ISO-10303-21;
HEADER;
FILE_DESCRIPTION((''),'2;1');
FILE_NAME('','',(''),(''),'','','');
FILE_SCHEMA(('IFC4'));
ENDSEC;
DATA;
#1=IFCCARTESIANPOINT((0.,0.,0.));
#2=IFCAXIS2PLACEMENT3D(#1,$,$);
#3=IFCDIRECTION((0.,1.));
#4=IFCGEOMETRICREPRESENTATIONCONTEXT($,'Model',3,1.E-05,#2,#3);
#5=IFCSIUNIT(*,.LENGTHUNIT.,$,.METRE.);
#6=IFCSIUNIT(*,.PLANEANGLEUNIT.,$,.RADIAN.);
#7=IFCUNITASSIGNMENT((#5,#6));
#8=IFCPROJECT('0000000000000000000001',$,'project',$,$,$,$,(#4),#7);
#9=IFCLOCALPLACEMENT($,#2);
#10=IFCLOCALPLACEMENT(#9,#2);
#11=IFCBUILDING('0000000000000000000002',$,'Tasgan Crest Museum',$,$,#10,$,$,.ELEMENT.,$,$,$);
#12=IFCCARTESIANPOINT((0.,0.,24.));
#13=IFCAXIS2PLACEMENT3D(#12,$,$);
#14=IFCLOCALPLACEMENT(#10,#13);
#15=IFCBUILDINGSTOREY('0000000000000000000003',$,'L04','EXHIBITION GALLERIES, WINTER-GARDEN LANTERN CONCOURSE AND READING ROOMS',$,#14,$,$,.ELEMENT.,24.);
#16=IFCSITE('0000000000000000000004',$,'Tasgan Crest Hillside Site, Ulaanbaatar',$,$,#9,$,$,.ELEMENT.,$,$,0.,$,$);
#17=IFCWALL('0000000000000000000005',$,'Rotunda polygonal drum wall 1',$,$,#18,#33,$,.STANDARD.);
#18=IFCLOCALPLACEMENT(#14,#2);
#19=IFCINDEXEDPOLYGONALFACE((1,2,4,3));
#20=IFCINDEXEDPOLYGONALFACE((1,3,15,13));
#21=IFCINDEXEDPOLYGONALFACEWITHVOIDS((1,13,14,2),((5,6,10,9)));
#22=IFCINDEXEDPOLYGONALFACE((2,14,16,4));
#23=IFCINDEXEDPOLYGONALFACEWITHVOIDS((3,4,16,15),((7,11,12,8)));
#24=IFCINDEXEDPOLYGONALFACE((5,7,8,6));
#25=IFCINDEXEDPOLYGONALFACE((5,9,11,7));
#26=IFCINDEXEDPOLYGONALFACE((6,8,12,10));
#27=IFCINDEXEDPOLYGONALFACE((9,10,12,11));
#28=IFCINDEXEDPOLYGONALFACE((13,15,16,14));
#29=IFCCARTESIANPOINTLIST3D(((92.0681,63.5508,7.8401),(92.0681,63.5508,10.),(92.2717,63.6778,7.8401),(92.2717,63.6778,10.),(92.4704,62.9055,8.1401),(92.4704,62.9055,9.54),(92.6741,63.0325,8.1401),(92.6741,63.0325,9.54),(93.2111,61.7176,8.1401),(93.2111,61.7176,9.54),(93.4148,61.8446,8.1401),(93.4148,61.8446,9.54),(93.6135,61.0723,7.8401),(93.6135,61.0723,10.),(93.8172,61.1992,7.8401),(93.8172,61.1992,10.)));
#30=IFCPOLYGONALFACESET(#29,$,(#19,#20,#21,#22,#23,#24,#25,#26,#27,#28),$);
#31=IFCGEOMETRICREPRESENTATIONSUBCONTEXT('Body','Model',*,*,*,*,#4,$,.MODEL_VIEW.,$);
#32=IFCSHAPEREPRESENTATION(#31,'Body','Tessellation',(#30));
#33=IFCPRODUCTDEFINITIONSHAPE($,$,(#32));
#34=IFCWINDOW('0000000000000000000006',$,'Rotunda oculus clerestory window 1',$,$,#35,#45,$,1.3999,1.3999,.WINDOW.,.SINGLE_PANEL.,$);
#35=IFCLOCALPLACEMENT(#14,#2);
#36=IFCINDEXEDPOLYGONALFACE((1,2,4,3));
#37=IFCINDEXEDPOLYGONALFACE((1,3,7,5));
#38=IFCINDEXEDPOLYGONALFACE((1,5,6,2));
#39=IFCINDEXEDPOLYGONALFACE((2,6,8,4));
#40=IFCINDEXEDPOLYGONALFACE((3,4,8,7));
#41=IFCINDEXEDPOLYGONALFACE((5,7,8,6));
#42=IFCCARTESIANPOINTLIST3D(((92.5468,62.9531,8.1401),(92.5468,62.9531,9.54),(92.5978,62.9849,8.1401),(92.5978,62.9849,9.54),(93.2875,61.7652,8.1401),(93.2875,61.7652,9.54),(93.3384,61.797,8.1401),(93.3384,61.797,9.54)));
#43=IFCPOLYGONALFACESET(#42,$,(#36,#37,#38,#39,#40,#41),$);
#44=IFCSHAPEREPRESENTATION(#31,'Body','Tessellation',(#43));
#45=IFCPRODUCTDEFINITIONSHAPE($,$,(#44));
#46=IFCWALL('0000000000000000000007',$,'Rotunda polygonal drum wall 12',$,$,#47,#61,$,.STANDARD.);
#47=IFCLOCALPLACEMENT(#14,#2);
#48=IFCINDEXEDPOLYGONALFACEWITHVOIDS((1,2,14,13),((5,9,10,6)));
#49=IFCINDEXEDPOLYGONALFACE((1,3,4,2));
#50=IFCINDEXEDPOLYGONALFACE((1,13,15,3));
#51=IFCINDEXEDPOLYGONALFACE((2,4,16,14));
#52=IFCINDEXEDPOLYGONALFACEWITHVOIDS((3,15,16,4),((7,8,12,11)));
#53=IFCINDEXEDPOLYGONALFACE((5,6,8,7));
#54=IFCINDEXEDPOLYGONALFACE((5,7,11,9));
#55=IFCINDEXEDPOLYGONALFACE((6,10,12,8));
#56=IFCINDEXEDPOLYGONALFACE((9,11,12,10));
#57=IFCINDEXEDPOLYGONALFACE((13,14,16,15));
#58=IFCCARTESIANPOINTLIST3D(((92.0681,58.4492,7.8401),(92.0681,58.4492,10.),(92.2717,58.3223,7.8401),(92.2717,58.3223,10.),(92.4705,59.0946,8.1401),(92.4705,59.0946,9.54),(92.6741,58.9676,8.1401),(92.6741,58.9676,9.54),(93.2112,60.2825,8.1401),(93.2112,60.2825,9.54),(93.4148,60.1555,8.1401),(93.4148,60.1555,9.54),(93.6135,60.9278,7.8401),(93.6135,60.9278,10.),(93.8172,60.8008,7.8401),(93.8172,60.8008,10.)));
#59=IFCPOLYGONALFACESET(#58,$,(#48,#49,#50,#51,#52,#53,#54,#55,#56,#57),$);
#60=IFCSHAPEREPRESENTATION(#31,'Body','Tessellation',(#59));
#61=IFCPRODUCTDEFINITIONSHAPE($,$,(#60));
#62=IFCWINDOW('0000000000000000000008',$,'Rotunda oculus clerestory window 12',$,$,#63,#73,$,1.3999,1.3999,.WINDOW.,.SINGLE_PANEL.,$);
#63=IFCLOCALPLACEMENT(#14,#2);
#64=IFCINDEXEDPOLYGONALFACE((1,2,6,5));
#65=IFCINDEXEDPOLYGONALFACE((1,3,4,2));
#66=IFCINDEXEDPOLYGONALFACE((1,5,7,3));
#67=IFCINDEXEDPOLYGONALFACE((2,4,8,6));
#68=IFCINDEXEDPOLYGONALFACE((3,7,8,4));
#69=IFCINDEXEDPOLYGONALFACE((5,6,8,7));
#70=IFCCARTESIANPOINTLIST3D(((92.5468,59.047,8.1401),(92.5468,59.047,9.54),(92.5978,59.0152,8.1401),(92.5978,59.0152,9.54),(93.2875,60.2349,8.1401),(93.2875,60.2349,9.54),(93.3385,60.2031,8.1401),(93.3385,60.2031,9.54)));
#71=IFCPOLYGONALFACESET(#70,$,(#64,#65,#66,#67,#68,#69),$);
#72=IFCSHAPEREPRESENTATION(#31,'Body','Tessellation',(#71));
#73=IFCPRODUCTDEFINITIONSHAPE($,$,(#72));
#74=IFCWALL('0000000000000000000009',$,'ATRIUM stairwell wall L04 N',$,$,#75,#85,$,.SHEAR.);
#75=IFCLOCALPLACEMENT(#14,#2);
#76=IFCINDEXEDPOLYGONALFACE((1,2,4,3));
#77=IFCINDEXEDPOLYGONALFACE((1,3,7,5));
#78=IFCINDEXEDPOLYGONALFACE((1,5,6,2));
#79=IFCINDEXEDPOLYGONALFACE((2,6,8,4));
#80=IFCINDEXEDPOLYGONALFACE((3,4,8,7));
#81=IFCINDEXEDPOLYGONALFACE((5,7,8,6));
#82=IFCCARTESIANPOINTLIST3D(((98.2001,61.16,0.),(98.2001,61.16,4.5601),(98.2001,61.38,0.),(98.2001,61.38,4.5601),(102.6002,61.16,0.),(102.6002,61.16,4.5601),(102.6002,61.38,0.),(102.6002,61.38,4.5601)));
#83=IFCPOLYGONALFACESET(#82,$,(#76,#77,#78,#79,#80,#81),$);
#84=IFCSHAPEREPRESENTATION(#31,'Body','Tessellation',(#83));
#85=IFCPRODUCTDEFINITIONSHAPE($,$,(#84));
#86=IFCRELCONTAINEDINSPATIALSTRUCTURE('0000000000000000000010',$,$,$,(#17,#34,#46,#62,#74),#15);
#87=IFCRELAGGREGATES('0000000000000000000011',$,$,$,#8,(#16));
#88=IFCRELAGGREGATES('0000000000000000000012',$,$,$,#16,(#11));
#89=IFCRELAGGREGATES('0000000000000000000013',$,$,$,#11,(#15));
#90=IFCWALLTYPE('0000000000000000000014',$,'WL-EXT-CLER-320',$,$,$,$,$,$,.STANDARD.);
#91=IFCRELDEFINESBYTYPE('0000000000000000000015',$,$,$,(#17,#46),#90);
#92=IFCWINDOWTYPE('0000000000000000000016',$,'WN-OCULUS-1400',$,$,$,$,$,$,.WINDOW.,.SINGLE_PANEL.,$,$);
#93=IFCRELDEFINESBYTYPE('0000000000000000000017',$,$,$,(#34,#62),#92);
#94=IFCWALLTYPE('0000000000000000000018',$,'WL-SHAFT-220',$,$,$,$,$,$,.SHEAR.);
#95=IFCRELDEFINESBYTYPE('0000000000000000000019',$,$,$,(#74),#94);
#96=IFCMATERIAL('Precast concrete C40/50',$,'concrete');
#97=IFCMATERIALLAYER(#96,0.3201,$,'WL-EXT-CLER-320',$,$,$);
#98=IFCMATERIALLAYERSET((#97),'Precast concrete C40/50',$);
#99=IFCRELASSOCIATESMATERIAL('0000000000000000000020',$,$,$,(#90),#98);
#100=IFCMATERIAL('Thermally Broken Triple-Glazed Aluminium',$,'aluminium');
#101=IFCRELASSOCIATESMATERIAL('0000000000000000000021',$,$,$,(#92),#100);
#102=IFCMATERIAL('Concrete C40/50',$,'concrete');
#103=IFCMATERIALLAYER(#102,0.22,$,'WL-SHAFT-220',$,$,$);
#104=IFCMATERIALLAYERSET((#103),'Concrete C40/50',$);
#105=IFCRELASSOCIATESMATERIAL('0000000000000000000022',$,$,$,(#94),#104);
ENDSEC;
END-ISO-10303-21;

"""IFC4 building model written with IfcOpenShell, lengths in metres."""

from ifc_helpers import new_model, si_unit, direction, frame, frame_2d, origin, place, context, subcontext, project, spatial, rectangle, extrude, material, layer, layer_set, type_object, element, fill, save


model = new_model("IFC4")

# Units and contexts
model_context = context("Model", 3, precision=1e-05, world=origin(), true_north=direction((0.0, 1.0)))
body_context = subcontext(model_context, "Body", "Model", "MODEL_VIEW")
ifc_project = project(units=[si_unit("LENGTHUNIT", "METRE"), si_unit("PLANEANGLEUNIT", "RADIAN")], contexts=[model_context])

# Site, building, storey
site_placement = place(None, origin())
site = spatial("IfcSite", under=ifc_project, at=site_placement, Name="Tasgan Crest Hillside Site, Ulaanbaatar", CompositionType="ELEMENT", RefElevation=0.0)
building_placement = place(site_placement, origin())
building = spatial("IfcBuilding", under=site, at=building_placement, Name="Tasgan Crest Museum", CompositionType="ELEMENT")
storey_placement = place(building_placement, frame((0.0, 0.0, 24.0)))
storey = spatial("IfcBuildingStorey", under=building, at=storey_placement, Name="L04", Description="EXHIBITION GALLERIES, WINTER-GARDEN LANTERN CONCOURSE AND READING ROOMS", CompositionType="ELEMENT", Elevation=24.0)

# Walls, openings, windows
ifc_material_1 = material(Name="Precast concrete C40/50", Category="concrete")
ifc_layer_1 = layer(ifc_material_1, 0.3201, Name="WL-EXT-CLER-320")
ifc_layer_set_1 = layer_set([ifc_layer_1], Name="Precast concrete C40/50")
wall_type_1 = type_object("IfcWallType", Name="WL-EXT-CLER-320", PredefinedType="STANDARD", material=ifc_layer_set_1)
wall_1_placement = place(storey_placement, frame((93.7153, 61.1357, 7.8401), z_axis=(0.0, 0.0, 1.0), x_axis=(-0.529097, 0.848561, 0.0)))
wall_1 = element("IfcWall", 1, at=wall_1_placement, inside=storey, type_object=wall_type_1, Name="Rotunda polygonal drum wall 1", PredefinedType="STANDARD", context=body_context, shape_type="SweptSolid", body=[
    extrude(rectangle(XDim=2.9209, YDim=0.24, at=frame_2d((1.4604, 0.0))), origin(), (0.0, 0.0, 1.0), 2.1599),
])
opening_1_placement = place(wall_1_placement, frame((0.7605, 0.0, 0.3)))
opening_1 = element("IfcOpeningElement", 2, at=opening_1_placement, cuts=wall_1, PredefinedType="OPENING", context=body_context, shape_type="SweptSolid", body=[
    extrude(rectangle(XDim=1.3999, YDim=1.3999, at=frame_2d((0.7, 0.7))), frame((0.0, 0.1299, 0.0), z_axis=(0.0, -1.0, 0.0), x_axis=(1.0, 0.0, 0.0)), (0.0, 0.0, 1.0), 0.26),
])
ifc_material_2 = material(Name="Thermally Broken Triple-Glazed Aluminium", Category="aluminium")
window_type = type_object("IfcWindowType", Name="WN-OCULUS-1400", PartitioningType="SINGLE_PANEL", PredefinedType="WINDOW", material=ifc_material_2)
window_1_placement = place(opening_1_placement, origin())
window_1 = element("IfcWindow", 3, at=window_1_placement, inside=storey, type_object=window_type, Name="Rotunda oculus clerestory window 1", OverallHeight=1.3999, OverallWidth=1.3999, PartitioningType="SINGLE_PANEL", PredefinedType="WINDOW", context=body_context, shape_type="SweptSolid", body=[
    extrude(rectangle(XDim=1.3999, YDim=1.3999, at=frame_2d((0.7, 0.7))), frame((0.0, 0.03, 0.0), z_axis=(0.0, -1.0, 0.0), x_axis=(1.0, 0.0, 0.0)), (0.0, 0.0, 1.0), 0.0601),
])
fill(opening_1, window_1)
wall_2_placement = place(storey_placement, frame((92.1699, 58.3857, 7.8401), z_axis=(0.0, 0.0, 1.0), x_axis=(0.529097, 0.848561, 0.0)))
wall_2 = element("IfcWall", 4, at=wall_2_placement, inside=storey, type_object=wall_type_1, Name="Rotunda polygonal drum wall 12", PredefinedType="STANDARD", context=body_context, shape_type="SweptSolid", body=[
    extrude(rectangle(XDim=2.9209, YDim=0.24, at=frame_2d((1.4604, 0.0))), origin(), (0.0, 0.0, 1.0), 2.1599),
])
opening_2_placement = place(wall_2_placement, frame((0.7605, 0.0, 0.3)))
opening_2 = element("IfcOpeningElement", 5, at=opening_2_placement, cuts=wall_2, PredefinedType="OPENING", context=body_context, shape_type="SweptSolid", body=[
    extrude(rectangle(XDim=1.3999, YDim=1.3999, at=frame_2d((0.7, 0.7))), frame((0.0, 0.1299, 0.0), z_axis=(0.0, -1.0, 0.0), x_axis=(1.0, 0.0, 0.0)), (0.0, 0.0, 1.0), 0.26),
])
window_2_placement = place(opening_2_placement, origin())
window_2 = element("IfcWindow", 6, at=window_2_placement, inside=storey, type_object=window_type, Name="Rotunda oculus clerestory window 12", OverallHeight=1.3999, OverallWidth=1.3999, PartitioningType="SINGLE_PANEL", PredefinedType="WINDOW", context=body_context, shape_type="SweptSolid", body=[
    extrude(rectangle(XDim=1.3999, YDim=1.3999, at=frame_2d((0.7, 0.7))), frame((0.0, 0.03, 0.0), z_axis=(0.0, -1.0, 0.0), x_axis=(1.0, 0.0, 0.0)), (0.0, 0.0, 1.0), 0.0601),
])
fill(opening_2, window_2)

# Wall
ifc_material_3 = material(Name="Concrete C40/50", Category="concrete")
ifc_layer_2 = layer(ifc_material_3, 0.22, Name="WL-SHAFT-220")
ifc_layer_set_2 = layer_set([ifc_layer_2], Name="Concrete C40/50")
wall_type_2 = type_object("IfcWallType", Name="WL-SHAFT-220", PredefinedType="SHEAR", material=ifc_layer_set_2)
wall_3_placement = place(storey_placement, frame((98.2, 61.27, 0.0), z_axis=(0.0, 0.0, 1.0), x_axis=(1.0, 0.0, 0.0)))
element("IfcWall", 7, at=wall_3_placement, inside=storey, type_object=wall_type_2, Name="ATRIUM stairwell wall L04 N", PredefinedType="SHEAR", context=body_context, shape_type="SweptSolid", body=[
    extrude(rectangle(XDim=4.4001, YDim=0.22, at=frame_2d((2.2002, 0.0))), origin(), (0.0, 0.0, 1.0), 4.5601),
])

save(model, "model.ifc")
